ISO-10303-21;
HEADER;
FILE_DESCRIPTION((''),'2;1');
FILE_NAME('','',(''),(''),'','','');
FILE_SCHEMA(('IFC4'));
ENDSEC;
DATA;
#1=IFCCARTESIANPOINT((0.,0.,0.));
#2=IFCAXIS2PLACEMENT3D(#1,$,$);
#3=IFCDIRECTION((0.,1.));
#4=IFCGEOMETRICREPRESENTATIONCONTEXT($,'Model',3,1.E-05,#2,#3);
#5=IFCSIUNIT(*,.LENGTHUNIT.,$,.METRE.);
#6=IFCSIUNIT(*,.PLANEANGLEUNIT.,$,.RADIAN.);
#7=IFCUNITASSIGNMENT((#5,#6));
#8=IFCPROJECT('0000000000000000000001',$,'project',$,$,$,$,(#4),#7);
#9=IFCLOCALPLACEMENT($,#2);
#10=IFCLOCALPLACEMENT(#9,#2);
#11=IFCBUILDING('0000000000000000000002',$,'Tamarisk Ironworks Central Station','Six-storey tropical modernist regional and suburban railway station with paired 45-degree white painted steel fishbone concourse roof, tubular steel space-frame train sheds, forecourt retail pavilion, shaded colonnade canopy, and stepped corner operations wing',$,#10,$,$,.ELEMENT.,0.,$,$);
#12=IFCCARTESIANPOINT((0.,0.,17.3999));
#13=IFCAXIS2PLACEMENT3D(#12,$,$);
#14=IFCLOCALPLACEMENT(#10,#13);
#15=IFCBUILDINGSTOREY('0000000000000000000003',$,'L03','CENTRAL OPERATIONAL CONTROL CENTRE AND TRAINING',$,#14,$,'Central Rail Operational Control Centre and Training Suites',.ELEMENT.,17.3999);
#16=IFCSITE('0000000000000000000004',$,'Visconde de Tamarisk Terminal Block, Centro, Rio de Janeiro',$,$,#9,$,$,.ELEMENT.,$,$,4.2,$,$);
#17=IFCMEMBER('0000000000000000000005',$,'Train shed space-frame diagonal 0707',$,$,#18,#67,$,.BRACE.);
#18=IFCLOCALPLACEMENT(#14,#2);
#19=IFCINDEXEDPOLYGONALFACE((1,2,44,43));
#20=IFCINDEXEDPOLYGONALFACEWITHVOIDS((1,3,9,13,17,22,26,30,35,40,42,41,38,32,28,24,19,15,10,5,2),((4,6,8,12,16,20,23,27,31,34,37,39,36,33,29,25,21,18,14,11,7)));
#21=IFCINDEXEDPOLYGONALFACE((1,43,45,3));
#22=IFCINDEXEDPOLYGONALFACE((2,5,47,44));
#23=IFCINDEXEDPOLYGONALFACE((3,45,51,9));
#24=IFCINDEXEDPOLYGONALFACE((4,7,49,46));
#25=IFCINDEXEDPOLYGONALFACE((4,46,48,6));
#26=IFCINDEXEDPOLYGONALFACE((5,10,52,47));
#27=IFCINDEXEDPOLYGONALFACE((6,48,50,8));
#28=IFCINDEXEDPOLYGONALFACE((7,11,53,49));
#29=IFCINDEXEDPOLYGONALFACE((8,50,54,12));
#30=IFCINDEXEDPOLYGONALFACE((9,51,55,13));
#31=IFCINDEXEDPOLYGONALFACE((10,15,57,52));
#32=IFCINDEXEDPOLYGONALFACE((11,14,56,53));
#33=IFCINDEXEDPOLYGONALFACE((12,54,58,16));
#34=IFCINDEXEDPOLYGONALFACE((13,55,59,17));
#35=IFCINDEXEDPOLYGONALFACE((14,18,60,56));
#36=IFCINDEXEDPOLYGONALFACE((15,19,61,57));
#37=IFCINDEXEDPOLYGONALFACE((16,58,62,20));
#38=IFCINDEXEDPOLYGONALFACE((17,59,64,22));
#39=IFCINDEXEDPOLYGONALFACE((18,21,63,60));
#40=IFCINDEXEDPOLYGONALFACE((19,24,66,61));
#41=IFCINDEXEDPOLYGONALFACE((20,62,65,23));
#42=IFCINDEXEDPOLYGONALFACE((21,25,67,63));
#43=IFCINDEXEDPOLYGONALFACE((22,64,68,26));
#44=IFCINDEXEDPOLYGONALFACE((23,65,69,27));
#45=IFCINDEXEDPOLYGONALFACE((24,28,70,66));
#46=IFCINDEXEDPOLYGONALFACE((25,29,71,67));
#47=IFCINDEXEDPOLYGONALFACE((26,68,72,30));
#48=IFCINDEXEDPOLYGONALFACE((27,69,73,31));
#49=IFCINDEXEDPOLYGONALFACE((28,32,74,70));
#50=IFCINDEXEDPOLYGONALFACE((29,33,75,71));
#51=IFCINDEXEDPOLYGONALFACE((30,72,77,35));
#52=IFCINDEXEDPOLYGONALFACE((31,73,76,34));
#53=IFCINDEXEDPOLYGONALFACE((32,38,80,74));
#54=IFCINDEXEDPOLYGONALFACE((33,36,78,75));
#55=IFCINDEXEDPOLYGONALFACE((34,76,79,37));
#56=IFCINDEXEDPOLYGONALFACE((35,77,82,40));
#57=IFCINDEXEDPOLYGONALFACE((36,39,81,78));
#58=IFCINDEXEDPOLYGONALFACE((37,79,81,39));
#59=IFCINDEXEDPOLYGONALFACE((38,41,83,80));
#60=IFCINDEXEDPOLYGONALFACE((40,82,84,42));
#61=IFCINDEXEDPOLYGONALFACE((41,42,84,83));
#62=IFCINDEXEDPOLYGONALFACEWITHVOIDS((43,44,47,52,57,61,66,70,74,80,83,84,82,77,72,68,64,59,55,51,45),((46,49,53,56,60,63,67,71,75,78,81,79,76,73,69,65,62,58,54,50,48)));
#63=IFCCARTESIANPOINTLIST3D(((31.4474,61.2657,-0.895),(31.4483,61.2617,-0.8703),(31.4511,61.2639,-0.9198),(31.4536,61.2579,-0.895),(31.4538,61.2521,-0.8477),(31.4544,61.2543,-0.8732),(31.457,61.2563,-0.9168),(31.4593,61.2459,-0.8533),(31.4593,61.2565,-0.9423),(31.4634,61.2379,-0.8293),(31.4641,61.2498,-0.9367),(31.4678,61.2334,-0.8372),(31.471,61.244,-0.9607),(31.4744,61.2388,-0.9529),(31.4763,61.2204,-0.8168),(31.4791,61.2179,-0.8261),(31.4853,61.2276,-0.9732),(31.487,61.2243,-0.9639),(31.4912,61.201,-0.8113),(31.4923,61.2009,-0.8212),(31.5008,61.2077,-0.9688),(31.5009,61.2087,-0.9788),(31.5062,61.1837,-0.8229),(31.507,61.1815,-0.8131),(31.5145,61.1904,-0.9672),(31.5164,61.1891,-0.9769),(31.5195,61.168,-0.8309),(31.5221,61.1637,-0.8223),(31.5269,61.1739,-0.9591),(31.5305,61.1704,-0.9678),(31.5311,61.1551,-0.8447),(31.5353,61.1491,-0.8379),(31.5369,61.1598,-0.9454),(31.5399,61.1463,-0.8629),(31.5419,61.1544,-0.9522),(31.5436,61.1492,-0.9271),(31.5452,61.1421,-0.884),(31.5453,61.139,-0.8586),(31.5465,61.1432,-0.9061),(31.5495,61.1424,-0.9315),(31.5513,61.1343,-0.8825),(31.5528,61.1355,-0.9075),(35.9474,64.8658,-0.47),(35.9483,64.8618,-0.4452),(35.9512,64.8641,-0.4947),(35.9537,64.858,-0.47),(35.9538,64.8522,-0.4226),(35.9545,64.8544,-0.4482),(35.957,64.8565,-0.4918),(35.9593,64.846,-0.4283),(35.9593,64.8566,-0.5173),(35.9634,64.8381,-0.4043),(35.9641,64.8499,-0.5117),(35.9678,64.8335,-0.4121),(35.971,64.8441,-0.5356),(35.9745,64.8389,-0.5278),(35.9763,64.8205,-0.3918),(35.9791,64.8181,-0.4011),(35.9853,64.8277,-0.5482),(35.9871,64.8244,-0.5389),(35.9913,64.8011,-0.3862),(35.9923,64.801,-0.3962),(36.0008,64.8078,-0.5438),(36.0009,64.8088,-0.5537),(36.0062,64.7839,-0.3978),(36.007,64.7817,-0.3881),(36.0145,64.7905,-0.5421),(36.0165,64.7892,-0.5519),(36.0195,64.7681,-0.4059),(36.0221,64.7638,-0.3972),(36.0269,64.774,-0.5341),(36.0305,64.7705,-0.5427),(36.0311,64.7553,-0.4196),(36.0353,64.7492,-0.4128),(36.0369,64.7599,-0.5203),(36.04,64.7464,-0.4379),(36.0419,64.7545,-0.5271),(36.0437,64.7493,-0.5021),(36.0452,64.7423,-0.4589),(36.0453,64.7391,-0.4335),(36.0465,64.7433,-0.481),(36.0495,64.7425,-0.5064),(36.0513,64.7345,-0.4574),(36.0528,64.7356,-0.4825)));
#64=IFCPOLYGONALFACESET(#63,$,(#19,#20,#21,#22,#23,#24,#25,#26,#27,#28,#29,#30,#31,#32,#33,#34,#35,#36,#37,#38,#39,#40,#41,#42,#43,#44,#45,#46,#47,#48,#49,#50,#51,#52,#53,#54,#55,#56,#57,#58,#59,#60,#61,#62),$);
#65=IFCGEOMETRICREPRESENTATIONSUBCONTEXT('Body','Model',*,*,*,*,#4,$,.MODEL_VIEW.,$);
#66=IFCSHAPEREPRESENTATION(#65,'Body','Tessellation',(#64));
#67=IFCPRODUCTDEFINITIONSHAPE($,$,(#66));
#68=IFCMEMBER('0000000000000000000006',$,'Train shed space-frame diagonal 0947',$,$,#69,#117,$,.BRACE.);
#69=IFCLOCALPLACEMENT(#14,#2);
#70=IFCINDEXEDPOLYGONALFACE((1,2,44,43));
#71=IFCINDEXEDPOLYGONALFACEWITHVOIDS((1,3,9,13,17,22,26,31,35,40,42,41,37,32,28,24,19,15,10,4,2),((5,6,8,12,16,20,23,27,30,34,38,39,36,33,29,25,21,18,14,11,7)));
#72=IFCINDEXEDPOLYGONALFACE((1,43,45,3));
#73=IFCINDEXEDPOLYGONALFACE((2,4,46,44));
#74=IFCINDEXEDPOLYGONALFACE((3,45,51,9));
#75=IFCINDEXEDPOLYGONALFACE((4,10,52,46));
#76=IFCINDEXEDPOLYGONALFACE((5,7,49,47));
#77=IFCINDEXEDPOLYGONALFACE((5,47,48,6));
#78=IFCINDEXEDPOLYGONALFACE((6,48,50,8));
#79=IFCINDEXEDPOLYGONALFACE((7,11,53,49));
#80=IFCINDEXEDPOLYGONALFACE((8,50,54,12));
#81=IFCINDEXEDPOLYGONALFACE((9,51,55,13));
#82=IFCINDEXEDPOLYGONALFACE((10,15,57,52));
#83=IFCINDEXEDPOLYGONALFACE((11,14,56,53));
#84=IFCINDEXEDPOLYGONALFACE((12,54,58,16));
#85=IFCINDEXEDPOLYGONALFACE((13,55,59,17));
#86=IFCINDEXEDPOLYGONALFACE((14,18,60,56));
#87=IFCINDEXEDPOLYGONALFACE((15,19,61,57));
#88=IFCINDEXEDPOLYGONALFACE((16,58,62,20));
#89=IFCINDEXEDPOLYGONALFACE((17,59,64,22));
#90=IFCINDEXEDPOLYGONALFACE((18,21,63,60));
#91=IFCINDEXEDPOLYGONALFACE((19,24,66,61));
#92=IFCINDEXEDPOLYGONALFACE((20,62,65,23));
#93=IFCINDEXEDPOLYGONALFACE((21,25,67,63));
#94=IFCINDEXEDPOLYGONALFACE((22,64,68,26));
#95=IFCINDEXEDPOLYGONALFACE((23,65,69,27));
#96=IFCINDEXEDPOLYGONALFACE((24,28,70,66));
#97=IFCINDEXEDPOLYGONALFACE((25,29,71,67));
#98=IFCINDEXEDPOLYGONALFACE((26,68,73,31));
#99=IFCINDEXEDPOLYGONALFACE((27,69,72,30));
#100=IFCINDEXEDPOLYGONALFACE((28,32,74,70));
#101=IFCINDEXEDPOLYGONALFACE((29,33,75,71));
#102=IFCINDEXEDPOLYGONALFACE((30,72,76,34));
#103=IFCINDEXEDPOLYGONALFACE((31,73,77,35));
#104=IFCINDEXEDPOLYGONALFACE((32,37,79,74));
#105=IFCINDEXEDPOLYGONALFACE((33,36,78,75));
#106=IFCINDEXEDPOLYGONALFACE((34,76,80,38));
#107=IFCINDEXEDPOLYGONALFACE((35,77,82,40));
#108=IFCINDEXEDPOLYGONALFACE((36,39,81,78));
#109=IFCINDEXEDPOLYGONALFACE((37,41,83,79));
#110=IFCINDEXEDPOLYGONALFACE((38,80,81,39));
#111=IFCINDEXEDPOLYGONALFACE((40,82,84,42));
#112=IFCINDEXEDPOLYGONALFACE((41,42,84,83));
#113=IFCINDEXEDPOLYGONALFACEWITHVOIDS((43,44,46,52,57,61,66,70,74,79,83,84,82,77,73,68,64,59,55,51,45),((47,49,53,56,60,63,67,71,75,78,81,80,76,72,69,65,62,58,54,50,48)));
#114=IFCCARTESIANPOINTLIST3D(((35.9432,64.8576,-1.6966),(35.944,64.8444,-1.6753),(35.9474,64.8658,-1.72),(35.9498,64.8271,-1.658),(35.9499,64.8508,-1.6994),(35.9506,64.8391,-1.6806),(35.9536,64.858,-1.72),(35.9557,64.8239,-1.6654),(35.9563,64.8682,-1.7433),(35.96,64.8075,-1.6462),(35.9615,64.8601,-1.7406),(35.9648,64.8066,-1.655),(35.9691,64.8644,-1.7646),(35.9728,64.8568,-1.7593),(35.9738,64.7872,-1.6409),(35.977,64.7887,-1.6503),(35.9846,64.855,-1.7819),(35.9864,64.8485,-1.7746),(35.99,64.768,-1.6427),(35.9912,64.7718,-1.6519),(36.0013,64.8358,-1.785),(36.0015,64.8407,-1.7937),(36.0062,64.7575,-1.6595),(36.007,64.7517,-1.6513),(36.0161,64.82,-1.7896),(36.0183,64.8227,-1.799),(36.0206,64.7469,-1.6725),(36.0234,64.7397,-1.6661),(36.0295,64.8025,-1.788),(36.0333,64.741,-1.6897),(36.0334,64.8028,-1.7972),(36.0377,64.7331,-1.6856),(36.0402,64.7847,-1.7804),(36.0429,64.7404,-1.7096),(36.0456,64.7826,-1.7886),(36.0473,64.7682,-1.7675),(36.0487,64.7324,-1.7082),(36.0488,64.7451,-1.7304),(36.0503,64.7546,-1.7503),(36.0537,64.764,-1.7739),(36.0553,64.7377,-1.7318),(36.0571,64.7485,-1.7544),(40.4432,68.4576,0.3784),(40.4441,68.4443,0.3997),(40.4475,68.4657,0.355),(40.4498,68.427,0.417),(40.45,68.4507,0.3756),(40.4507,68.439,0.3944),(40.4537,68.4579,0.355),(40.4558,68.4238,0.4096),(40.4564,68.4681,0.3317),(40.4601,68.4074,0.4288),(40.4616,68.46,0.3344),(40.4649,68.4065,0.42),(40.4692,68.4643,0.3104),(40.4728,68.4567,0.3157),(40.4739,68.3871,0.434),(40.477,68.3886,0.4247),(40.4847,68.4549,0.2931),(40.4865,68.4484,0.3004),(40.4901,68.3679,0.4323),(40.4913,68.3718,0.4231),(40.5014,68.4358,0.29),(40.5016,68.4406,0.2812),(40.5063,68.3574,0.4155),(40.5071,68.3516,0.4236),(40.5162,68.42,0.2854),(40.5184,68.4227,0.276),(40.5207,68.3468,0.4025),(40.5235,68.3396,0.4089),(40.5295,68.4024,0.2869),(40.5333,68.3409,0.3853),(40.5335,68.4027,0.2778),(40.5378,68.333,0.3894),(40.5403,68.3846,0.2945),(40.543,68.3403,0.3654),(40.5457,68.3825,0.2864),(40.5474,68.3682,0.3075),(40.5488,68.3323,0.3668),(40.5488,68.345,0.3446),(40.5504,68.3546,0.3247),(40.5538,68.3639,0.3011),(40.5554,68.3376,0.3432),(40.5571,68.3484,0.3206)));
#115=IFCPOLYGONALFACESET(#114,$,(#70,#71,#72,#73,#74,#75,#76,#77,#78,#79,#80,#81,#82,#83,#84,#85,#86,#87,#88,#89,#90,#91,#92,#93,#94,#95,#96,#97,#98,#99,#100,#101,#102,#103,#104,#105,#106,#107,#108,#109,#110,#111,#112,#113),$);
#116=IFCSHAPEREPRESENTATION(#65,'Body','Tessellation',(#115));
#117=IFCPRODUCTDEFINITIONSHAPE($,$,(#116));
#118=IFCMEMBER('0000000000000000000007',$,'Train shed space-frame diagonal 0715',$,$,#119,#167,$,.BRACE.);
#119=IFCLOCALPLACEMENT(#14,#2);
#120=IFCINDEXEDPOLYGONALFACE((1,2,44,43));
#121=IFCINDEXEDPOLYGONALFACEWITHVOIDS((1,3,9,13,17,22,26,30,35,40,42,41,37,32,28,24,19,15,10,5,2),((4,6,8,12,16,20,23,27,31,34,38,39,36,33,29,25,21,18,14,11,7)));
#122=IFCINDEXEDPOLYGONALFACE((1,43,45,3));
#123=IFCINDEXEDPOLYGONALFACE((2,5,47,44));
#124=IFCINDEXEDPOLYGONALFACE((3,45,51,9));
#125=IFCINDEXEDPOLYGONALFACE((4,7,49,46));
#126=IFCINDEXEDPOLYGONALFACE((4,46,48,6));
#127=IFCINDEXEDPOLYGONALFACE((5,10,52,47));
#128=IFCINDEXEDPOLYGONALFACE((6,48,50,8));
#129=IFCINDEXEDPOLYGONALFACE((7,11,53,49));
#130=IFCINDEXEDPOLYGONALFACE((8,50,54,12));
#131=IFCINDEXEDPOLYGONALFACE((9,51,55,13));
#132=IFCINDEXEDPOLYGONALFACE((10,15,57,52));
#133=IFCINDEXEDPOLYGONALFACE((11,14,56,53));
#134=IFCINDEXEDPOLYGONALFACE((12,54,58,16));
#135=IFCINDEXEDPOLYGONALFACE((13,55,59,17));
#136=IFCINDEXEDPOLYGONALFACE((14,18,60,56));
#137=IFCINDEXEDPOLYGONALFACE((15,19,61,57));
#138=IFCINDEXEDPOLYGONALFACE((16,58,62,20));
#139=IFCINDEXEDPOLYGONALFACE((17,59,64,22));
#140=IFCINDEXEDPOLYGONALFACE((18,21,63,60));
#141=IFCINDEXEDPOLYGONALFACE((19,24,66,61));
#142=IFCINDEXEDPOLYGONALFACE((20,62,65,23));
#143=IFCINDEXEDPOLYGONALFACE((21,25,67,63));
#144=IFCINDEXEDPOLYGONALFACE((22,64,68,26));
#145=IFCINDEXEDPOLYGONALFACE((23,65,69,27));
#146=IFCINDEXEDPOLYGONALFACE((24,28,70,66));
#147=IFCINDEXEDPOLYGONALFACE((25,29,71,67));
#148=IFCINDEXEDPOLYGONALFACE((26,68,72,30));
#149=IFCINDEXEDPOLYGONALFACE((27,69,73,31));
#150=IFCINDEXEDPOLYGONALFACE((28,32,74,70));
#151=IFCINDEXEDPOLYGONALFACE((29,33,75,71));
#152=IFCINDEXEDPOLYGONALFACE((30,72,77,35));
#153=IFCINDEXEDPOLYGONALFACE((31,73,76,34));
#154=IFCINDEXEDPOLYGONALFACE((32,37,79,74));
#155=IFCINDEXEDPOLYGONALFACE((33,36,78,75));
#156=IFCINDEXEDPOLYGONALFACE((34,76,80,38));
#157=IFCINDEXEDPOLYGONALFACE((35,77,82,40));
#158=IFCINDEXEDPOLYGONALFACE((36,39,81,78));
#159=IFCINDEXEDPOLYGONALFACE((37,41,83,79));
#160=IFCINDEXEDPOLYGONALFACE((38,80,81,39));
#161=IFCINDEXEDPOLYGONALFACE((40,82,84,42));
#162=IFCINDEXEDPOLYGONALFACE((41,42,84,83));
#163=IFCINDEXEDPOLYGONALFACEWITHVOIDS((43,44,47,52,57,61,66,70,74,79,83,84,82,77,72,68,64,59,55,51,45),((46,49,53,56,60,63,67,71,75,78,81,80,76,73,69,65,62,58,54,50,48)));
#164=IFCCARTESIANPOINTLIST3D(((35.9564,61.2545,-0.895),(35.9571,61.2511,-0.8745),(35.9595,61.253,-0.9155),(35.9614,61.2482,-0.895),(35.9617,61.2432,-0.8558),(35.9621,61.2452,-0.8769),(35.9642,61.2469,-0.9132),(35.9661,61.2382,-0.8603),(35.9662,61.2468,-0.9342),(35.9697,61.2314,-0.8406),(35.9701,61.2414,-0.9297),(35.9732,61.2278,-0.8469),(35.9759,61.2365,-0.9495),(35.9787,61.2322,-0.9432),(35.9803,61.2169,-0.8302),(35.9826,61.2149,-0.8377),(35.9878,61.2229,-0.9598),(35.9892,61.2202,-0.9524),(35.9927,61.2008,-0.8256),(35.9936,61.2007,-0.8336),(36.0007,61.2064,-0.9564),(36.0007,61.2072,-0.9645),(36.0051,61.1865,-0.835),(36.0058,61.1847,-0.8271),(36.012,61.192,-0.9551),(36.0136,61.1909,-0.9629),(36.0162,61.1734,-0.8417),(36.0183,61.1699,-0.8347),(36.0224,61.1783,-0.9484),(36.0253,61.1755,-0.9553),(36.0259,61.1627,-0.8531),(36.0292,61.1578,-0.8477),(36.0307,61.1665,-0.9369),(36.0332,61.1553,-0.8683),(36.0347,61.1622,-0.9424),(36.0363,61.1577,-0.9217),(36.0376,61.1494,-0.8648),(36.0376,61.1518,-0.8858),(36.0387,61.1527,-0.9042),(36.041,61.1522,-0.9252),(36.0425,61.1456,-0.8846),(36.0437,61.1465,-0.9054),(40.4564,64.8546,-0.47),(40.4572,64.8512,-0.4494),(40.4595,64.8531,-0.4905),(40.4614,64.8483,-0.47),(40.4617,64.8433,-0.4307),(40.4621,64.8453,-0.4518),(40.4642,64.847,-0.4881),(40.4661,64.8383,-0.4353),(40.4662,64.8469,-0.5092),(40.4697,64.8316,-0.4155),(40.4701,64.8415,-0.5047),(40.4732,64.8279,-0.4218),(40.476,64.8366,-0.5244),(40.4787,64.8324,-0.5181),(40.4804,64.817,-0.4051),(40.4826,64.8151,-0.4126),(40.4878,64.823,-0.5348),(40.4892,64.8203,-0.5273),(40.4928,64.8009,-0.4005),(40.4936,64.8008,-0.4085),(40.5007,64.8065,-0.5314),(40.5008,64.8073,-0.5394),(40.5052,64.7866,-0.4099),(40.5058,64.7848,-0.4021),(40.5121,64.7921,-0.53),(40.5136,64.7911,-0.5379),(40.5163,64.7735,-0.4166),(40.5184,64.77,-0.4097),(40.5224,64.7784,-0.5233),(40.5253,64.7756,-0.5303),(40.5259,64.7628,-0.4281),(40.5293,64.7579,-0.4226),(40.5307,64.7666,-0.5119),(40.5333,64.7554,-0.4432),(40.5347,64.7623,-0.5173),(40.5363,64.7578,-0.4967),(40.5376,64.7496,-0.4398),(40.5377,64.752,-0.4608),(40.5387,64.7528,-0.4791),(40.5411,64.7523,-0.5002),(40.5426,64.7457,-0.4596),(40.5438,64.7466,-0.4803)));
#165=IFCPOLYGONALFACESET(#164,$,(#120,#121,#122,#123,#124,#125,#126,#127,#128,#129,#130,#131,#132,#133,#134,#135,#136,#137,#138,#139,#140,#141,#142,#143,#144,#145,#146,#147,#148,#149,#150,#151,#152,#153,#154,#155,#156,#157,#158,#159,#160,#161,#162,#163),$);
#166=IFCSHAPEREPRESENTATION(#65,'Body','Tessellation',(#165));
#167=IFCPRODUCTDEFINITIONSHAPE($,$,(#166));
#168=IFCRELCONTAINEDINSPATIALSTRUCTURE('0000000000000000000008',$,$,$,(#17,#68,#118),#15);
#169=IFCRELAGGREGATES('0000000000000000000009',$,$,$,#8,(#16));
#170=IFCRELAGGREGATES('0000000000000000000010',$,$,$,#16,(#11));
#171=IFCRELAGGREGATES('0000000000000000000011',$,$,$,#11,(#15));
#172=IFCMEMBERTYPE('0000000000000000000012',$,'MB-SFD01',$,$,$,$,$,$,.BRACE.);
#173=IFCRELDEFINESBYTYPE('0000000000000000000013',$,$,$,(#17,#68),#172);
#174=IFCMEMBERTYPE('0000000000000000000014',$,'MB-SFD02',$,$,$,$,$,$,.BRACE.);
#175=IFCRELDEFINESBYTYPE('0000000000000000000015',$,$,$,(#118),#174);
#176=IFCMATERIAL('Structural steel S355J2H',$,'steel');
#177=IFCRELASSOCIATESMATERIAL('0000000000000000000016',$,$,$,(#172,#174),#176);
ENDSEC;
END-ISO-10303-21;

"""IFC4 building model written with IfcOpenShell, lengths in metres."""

from ifc_helpers import new_model, si_unit, direction, frame, origin, origin_2d, place, context, subcontext, project, spatial, hollow_circle, extrude, material, material_profile, profile_set, type_object, element, save


model = new_model("IFC4")

# Units and contexts
model_context = context("Model", 3, precision=1e-05, world=origin(), true_north=direction((0.0, 1.0)))
body_context = subcontext(model_context, "Body", "Model", "MODEL_VIEW")
ifc_project = project(units=[si_unit("LENGTHUNIT", "METRE"), si_unit("PLANEANGLEUNIT", "RADIAN")], contexts=[model_context])

# Site, building, storey
site_placement = place(None, origin())
site = spatial("IfcSite", under=ifc_project, at=site_placement, Name="Visconde de Tamarisk Terminal Block, Centro, Rio de Janeiro", CompositionType="ELEMENT", RefElevation=4.2)
building_placement = place(site_placement, origin())
building = spatial("IfcBuilding", under=site, at=building_placement, Name="Tamarisk Ironworks Central Station", Description="Six-storey tropical modernist regional and suburban railway station with paired 45-degree white painted steel fishbone concourse roof, tubular steel space-frame train sheds, forecourt retail pavilion, shaded colonnade canopy, and stepped corner operations wing", CompositionType="ELEMENT", ElevationOfRefHeight=0.0)
storey_placement = place(building_placement, frame((0.0, 0.0, 17.3999)))
storey = spatial("IfcBuildingStorey", under=building, at=storey_placement, Name="L03", Description="CENTRAL OPERATIONAL CONTROL CENTRE AND TRAINING", LongName="Central Rail Operational Control Centre and Training Suites", CompositionType="ELEMENT", Elevation=17.3999)

# Members
ifc_material_1 = material(Name="Structural steel S355J2H", Category="steel")
ifc_material_profile_1 = material_profile(ifc_material_1, hollow_circle(Radius=0.0842, WallThickness=0.01, at=origin_2d()), Name="CHS 168.3x10")
ifc_profile_set_1 = profile_set([ifc_material_profile_1], Name="Structural steel S355J2H")
member_type_1 = type_object("IfcMemberType", Name="MB-SFD01", PredefinedType="BRACE", material=ifc_profile_set_1)
member_1_placement = place(storey_placement, frame((31.5, 61.2, -0.895), z_axis=(0.778745, 0.623013, 0.073557), x_axis=(-0.624705, 0.780861, 0.0)))
element("IfcMember", 1, at=member_1_placement, inside=storey, type_object=member_type_1, Name="Train shed space-frame diagonal 0707", PredefinedType="BRACE", context=body_context, shape_type="SweptSolid", body=[
    extrude(hollow_circle(Radius=0.0842, WallThickness=0.01, at=origin_2d()), origin(), (0.0, 0.0, 1.0), 5.7786),
])
member_2_placement = place(storey_placement, frame((36.0, 64.8, -1.72), z_axis=(0.734706, 0.587741, 0.338773), x_axis=(-0.62468, 0.780881, 0.0)))
element("IfcMember", 2, at=member_2_placement, inside=storey, type_object=member_type_1, Name="Train shed space-frame diagonal 0947", PredefinedType="BRACE", context=body_context, shape_type="SweptSolid", body=[
    extrude(hollow_circle(Radius=0.0842, WallThickness=0.01, at=origin_2d()), origin(), (0.0, 0.0, 1.0), 6.125),
])
ifc_material_profile_2 = material_profile(ifc_material_1, hollow_circle(Radius=0.0698, WallThickness=0.0081, at=origin_2d()), Name="CHS 139.7x8")
ifc_profile_set_2 = profile_set([ifc_material_profile_2], Name="Structural steel S355J2H")
member_type_2 = type_object("IfcMemberType", Name="MB-SFD02", PredefinedType="BRACE", material=ifc_profile_set_2)
member_3_placement = place(storey_placement, frame((36.0, 61.2, -0.895), z_axis=(0.778745, 0.623013, 0.073557), x_axis=(-0.624705, 0.780861, 0.0)))
element("IfcMember", 3, at=member_3_placement, inside=storey, type_object=member_type_2, Name="Train shed space-frame diagonal 0715", PredefinedType="BRACE", context=body_context, shape_type="SweptSolid", body=[
    extrude(hollow_circle(Radius=0.0698, WallThickness=0.0081, at=origin_2d()), origin(), (0.0, 0.0, 1.0), 5.7786),
])

save(model, "model.ifc")
